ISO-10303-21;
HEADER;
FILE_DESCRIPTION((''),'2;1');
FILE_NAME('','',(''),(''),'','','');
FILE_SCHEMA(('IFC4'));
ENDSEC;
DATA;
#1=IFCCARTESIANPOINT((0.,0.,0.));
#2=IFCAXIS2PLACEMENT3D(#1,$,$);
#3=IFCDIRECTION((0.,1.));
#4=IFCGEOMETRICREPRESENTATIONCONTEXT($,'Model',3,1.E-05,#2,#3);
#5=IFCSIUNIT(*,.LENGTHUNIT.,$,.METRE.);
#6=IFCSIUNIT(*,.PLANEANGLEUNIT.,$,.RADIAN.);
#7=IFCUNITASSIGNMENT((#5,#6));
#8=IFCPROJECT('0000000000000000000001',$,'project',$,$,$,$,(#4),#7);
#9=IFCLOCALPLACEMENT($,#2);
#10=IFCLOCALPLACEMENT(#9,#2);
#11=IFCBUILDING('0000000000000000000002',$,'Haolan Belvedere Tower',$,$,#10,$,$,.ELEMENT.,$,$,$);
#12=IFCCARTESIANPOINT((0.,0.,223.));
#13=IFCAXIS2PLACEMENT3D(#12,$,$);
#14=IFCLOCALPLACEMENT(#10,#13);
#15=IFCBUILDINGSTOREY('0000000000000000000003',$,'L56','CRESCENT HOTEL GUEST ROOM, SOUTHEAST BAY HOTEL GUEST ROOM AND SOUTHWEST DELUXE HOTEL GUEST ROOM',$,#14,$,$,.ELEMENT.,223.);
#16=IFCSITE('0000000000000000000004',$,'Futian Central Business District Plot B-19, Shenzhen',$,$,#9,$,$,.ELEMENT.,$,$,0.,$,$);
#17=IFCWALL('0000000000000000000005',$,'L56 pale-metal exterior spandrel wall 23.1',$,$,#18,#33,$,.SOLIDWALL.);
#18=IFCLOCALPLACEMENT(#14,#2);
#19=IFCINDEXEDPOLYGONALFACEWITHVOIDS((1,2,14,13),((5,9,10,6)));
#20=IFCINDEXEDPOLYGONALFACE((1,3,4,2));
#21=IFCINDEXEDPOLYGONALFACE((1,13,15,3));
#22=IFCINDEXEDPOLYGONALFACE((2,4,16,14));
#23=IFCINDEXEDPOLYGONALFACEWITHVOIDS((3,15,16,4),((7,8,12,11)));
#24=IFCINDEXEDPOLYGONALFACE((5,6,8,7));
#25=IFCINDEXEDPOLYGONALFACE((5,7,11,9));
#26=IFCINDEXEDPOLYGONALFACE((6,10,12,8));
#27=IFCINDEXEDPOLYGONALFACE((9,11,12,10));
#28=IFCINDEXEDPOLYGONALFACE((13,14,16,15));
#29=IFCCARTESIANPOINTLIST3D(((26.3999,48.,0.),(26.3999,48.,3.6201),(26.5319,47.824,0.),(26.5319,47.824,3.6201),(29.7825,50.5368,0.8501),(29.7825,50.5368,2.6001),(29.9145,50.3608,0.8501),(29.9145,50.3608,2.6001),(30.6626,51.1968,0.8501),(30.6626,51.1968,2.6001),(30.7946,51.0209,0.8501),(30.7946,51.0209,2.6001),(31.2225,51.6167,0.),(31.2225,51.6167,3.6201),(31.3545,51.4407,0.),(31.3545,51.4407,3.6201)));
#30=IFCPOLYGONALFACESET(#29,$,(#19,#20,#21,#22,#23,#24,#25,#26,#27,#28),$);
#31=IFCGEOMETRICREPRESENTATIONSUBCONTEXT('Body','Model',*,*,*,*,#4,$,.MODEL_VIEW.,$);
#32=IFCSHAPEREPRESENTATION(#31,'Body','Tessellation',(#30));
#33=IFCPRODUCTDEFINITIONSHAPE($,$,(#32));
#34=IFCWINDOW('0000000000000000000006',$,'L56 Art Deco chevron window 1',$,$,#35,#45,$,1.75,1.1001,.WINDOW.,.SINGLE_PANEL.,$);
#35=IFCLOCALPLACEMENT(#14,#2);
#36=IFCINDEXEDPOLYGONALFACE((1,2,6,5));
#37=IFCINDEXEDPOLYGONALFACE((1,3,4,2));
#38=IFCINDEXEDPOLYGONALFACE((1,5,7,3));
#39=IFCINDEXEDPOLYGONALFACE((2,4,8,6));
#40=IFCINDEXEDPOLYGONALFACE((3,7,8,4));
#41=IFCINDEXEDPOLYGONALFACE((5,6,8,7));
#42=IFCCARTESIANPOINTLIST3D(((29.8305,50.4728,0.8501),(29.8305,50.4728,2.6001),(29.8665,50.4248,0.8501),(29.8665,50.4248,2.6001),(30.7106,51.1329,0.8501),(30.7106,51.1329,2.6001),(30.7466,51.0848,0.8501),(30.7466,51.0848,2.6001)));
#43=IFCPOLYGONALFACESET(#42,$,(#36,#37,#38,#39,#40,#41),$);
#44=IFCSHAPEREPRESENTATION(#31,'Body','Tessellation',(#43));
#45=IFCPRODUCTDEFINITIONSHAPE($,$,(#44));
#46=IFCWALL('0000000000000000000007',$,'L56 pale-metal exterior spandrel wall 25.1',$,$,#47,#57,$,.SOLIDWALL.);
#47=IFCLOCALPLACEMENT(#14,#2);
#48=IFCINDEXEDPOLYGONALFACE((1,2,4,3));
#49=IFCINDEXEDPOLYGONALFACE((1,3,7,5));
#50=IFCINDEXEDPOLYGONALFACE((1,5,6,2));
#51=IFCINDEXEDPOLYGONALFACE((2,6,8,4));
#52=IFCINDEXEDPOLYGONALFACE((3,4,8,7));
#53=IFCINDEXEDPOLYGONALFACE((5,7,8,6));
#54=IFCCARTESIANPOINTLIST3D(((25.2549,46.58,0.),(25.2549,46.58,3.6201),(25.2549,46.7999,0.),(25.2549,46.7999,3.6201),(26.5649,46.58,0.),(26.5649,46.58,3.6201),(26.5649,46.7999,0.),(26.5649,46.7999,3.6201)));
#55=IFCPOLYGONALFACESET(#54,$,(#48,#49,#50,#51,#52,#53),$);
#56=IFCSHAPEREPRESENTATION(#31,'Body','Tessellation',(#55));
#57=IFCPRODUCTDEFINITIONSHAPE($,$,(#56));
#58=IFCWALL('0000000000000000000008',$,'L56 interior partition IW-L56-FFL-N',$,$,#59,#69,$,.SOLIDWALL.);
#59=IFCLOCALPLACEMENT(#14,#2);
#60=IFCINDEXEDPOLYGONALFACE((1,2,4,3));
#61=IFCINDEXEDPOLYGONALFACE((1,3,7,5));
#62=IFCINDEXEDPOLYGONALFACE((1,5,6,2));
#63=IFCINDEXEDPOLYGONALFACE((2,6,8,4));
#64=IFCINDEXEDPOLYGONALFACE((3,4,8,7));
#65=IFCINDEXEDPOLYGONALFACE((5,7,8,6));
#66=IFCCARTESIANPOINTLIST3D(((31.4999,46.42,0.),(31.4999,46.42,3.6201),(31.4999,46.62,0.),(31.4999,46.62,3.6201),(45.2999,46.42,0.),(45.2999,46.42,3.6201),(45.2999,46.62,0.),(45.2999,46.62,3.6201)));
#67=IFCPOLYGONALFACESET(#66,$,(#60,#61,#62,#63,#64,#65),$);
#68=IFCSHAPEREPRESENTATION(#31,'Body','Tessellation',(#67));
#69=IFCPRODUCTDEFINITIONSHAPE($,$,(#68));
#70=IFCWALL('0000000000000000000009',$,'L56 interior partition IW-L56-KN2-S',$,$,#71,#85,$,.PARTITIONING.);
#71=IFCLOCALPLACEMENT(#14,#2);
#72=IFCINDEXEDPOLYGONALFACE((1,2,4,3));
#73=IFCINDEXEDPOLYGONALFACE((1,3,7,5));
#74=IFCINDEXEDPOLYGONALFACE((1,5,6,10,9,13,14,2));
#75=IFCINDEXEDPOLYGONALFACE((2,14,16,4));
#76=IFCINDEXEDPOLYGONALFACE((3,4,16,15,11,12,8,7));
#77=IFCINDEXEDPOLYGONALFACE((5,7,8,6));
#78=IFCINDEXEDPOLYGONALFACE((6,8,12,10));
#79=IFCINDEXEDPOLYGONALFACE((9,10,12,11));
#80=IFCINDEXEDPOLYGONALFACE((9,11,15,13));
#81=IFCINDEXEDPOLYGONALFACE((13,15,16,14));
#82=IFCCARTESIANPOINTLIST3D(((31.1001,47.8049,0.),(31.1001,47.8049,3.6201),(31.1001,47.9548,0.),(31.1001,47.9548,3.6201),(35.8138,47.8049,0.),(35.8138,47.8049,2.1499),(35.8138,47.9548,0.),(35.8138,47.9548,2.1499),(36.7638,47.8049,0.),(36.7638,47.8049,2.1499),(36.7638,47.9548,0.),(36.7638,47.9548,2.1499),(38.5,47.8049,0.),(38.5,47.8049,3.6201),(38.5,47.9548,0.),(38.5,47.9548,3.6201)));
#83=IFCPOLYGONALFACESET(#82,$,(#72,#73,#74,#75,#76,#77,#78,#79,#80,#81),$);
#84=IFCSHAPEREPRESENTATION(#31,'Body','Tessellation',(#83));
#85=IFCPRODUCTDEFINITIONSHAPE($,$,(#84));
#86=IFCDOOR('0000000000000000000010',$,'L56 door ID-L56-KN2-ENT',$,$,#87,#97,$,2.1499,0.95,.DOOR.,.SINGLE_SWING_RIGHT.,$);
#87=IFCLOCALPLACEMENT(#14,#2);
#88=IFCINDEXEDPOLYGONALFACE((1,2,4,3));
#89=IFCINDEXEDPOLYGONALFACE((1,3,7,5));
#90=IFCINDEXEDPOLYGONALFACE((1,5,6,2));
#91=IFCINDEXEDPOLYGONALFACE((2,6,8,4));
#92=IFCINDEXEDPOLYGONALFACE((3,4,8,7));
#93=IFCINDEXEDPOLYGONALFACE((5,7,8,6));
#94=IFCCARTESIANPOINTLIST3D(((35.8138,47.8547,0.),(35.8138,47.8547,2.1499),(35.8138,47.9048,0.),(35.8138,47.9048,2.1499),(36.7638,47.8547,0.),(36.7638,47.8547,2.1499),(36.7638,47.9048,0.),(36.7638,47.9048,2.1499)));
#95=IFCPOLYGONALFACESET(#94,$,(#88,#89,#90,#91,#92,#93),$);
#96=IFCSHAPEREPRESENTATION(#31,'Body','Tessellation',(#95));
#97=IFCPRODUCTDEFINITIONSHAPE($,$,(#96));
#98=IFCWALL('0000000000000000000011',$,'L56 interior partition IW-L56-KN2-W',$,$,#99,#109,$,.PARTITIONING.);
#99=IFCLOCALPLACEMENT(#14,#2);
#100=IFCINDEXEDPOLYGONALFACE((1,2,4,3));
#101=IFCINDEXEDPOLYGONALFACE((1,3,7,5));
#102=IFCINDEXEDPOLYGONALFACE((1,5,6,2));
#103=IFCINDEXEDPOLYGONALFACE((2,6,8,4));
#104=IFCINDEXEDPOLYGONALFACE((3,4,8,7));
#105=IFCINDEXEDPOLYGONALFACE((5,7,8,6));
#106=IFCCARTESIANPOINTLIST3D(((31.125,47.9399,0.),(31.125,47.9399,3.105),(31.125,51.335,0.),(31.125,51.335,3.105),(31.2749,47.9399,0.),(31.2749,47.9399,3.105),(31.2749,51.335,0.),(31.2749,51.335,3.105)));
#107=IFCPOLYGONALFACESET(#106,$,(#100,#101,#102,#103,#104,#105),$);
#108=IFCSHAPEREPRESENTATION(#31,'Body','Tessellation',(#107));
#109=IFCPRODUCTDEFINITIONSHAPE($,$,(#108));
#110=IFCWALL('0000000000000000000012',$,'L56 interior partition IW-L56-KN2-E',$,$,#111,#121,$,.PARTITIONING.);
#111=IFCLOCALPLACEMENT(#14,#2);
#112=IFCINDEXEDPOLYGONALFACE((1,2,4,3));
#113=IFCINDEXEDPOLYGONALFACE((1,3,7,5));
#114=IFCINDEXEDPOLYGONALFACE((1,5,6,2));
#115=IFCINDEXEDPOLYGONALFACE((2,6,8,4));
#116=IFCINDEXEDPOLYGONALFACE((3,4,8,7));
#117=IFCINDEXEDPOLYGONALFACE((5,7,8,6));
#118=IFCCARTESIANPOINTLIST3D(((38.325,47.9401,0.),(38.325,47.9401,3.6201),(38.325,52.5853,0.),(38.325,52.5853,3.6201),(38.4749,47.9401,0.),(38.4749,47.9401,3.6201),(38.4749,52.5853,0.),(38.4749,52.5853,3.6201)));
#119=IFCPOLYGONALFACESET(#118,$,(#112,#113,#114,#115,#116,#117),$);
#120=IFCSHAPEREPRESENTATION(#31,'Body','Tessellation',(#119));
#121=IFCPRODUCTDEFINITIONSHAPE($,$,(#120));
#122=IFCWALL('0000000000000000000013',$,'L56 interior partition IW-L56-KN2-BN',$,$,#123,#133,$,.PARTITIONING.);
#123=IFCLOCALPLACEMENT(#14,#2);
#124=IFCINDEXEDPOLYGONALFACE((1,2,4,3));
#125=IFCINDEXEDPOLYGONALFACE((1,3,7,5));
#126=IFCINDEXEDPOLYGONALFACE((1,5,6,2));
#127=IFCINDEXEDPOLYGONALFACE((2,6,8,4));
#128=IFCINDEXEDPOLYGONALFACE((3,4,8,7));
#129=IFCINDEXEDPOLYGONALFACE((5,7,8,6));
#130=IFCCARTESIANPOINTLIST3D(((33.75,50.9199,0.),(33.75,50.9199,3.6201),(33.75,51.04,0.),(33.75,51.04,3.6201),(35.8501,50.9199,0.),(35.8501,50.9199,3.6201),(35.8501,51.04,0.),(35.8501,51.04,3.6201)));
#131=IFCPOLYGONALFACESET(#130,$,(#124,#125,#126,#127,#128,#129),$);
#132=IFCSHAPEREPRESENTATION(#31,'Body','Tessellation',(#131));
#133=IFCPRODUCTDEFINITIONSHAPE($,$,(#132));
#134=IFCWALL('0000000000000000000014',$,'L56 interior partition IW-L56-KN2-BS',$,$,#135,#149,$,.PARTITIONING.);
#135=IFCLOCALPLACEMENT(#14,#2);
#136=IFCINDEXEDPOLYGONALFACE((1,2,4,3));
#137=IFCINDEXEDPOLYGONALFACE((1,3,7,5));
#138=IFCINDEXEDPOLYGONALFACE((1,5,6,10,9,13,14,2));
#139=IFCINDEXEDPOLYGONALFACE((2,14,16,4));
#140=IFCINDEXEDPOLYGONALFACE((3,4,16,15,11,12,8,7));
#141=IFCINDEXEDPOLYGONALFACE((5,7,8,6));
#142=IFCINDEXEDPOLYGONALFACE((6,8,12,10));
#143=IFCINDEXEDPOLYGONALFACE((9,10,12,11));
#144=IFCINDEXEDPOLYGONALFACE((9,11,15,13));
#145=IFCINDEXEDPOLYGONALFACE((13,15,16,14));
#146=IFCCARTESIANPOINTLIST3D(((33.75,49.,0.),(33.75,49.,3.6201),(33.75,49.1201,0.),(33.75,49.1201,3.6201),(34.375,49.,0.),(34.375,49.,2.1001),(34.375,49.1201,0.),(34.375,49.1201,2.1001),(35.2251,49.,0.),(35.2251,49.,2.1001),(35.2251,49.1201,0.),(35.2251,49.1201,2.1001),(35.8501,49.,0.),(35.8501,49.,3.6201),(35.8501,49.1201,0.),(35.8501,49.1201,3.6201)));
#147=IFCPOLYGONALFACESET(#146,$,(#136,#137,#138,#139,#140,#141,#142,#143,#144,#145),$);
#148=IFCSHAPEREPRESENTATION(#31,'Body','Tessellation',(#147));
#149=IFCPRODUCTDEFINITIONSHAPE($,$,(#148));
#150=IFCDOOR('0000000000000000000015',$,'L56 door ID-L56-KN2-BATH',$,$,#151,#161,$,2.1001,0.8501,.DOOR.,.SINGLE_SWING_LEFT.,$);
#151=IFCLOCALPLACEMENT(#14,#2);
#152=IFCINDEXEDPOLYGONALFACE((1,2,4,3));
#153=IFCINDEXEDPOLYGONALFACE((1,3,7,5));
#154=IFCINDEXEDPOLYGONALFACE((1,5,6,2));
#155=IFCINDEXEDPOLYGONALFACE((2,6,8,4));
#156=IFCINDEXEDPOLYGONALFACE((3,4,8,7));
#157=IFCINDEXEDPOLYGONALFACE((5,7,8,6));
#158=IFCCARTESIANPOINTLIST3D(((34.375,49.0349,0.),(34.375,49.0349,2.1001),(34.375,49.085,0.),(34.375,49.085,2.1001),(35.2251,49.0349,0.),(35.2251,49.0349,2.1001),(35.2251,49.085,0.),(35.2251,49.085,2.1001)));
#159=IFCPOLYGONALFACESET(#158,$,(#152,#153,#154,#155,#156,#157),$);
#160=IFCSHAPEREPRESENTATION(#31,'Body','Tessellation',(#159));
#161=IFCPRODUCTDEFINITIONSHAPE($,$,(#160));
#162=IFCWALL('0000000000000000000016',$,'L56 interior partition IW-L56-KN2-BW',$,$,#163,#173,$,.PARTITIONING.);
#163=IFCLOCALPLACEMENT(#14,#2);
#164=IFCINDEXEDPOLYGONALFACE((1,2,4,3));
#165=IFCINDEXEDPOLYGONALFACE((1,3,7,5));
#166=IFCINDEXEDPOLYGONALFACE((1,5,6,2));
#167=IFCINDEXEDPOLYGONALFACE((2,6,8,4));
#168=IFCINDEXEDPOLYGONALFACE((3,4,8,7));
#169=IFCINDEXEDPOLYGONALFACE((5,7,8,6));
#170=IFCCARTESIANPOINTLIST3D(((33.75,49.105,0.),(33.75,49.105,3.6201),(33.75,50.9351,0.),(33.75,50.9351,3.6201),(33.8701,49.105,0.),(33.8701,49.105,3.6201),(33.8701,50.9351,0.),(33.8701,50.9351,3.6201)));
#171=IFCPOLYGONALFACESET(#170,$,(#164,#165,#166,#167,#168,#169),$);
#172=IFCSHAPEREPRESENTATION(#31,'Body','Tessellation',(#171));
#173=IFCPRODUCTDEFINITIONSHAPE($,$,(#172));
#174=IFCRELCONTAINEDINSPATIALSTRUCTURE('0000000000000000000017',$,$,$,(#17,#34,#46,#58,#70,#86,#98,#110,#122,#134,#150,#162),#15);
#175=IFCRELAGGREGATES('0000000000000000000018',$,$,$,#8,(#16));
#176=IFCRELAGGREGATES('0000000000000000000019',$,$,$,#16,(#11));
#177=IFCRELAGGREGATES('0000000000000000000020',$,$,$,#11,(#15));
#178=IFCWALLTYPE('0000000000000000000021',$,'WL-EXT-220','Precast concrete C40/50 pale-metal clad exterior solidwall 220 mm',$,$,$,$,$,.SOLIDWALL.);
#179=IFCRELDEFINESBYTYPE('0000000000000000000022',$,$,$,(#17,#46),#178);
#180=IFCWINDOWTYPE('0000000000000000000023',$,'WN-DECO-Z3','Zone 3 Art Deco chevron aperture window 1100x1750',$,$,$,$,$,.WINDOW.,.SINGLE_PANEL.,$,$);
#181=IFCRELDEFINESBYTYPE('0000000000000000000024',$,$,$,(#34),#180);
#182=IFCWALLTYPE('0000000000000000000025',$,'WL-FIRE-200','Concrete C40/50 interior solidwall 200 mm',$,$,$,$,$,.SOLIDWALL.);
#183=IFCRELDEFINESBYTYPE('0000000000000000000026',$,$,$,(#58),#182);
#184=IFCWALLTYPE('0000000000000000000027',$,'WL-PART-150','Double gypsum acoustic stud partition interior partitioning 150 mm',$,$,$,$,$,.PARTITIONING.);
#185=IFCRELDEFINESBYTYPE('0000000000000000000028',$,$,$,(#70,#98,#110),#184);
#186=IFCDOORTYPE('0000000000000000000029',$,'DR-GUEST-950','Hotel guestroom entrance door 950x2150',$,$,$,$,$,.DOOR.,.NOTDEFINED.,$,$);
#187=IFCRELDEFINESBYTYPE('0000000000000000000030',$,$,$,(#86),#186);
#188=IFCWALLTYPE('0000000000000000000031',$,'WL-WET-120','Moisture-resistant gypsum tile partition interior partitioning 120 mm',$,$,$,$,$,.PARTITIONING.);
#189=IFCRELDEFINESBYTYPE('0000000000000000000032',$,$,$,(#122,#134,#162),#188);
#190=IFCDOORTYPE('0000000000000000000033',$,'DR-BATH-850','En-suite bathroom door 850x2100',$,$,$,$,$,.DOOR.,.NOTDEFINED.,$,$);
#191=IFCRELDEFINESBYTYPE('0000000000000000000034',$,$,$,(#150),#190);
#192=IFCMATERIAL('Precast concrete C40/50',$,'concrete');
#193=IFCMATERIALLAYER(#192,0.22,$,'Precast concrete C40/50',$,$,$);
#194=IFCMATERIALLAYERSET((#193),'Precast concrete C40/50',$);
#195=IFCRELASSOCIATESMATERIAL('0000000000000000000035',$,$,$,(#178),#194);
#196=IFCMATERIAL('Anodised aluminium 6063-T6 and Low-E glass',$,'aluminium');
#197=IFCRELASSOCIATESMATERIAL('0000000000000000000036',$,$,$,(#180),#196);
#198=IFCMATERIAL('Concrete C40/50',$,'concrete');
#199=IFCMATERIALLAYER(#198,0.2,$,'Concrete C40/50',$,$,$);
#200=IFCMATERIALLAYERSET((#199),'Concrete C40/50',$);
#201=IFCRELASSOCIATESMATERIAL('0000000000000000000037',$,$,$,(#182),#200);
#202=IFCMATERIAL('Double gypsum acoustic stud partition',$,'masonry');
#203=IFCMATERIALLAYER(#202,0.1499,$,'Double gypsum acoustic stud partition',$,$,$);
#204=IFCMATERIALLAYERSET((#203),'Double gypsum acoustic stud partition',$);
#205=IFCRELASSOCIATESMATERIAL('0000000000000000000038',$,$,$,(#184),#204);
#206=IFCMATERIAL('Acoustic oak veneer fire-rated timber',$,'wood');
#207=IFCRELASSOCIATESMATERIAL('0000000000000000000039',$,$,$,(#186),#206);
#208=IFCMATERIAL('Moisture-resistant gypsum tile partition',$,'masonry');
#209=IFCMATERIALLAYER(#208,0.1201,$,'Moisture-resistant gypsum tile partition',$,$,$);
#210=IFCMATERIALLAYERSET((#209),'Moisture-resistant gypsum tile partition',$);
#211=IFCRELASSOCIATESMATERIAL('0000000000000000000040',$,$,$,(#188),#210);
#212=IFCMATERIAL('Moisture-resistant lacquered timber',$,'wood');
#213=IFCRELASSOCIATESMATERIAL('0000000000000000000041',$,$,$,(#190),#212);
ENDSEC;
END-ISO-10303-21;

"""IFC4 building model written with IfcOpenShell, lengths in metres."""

from ifc_helpers import new_model, si_unit, direction, frame, frame_2d, origin, place, context, subcontext, project, spatial, rectangle, extrude, material, layer, layer_set, type_object, element, fill, save


model = new_model("IFC4")

# Units and contexts
model_context = context("Model", 3, precision=1e-05, world=origin(), true_north=direction((0.0, 1.0)))
body_context = subcontext(model_context, "Body", "Model", "MODEL_VIEW")
ifc_project = project(units=[si_unit("LENGTHUNIT", "METRE"), si_unit("PLANEANGLEUNIT", "RADIAN")], contexts=[model_context])

# Site, building, storey
site_placement = place(None, origin())
site = spatial("IfcSite", under=ifc_project, at=site_placement, Name="Futian Central Business District Plot B-19, Shenzhen", CompositionType="ELEMENT", RefElevation=0.0)
building_placement = place(site_placement, origin())
building = spatial("IfcBuilding", under=site, at=building_placement, Name="Haolan Belvedere Tower", CompositionType="ELEMENT")
storey_placement = place(building_placement, frame((0.0, 0.0, 223.0)))
storey = spatial("IfcBuildingStorey", under=building, at=storey_placement, Name="L56", Description="CRESCENT HOTEL GUEST ROOM, SOUTHEAST BAY HOTEL GUEST ROOM AND SOUTHWEST DELUXE HOTEL GUEST ROOM", CompositionType="ELEMENT", Elevation=223.0)

# Wall, opening, window
ifc_material_1 = material(Name="Precast concrete C40/50", Category="concrete")
ifc_layer_1 = layer(ifc_material_1, 0.22, Name="Precast concrete C40/50")
ifc_layer_set_1 = layer_set([ifc_layer_1], Name="Precast concrete C40/50")
wall_type_1 = type_object("IfcWallType", Name="WL-EXT-220", Description="Precast concrete C40/50 pale-metal clad exterior solidwall 220 mm", PredefinedType="SOLIDWALL", material=ifc_layer_set_1)
wall_1_placement = place(storey_placement, frame((31.2886, 51.5288, 0.0), z_axis=(0.0, 0.0, 1.0), x_axis=(-0.800015, -0.599981, 0.0)))
wall_1 = element("IfcWall", 1, at=wall_1_placement, inside=storey, type_object=wall_type_1, Name="L56 pale-metal exterior spandrel wall 23.1", PredefinedType="SOLIDWALL", context=body_context, shape_type="SweptSolid", body=[
    extrude(rectangle(XDim=6.0281, YDim=0.22, at=frame_2d((3.0142, 0.0))), origin(), (0.0, 0.0, 1.0), 3.6201),
])
opening_1_placement = place(wall_1_placement, frame((0.7, 0.0, 0.8501)))
opening_1 = element("IfcOpeningElement", 2, at=opening_1_placement, cuts=wall_1, PredefinedType="OPENING", context=body_context, shape_type="SweptSolid", body=[
    extrude(rectangle(XDim=1.1001, YDim=1.75, at=frame_2d((0.55, 0.875))), frame((0.0, 0.1199, 0.0), z_axis=(0.0, -1.0, 0.0), x_axis=(1.0, 0.0, 0.0)), (0.0, 0.0, 1.0), 0.24),
])
ifc_material_2 = material(Name="Anodised aluminium 6063-T6 and Low-E glass", Category="aluminium")
window_type = type_object("IfcWindowType", Name="WN-DECO-Z3", Description="Zone 3 Art Deco chevron aperture window 1100x1750", PartitioningType="SINGLE_PANEL", PredefinedType="WINDOW", material=ifc_material_2)
window_placement = place(opening_1_placement, origin())
window = element("IfcWindow", 3, at=window_placement, inside=storey, type_object=window_type, Name="L56 Art Deco chevron window 1", OverallHeight=1.75, OverallWidth=1.1001, PartitioningType="SINGLE_PANEL", PredefinedType="WINDOW", context=body_context, shape_type="SweptSolid", body=[
    extrude(rectangle(XDim=1.1001, YDim=1.75, at=frame_2d((0.55, 0.875))), frame((0.0, 0.03, 0.0), z_axis=(0.0, -1.0, 0.0), x_axis=(1.0, 0.0, 0.0)), (0.0, 0.0, 1.0), 0.0601),
])
fill(opening_1, window)

# Walls
wall_2_placement = place(storey_placement, frame((26.5649, 46.6899, 0.0), z_axis=(0.0, 0.0, 1.0), x_axis=(-1.0, 0.0, 0.0)))
element("IfcWall", 4, at=wall_2_placement, inside=storey, type_object=wall_type_1, Name="L56 pale-metal exterior spandrel wall 25.1", PredefinedType="SOLIDWALL", context=body_context, shape_type="SweptSolid", body=[
    extrude(rectangle(XDim=1.3101, YDim=0.22, at=frame_2d((0.655, 0.0))), origin(), (0.0, 0.0, 1.0), 3.6201),
])
ifc_material_3 = material(Name="Concrete C40/50", Category="concrete")
ifc_layer_2 = layer(ifc_material_3, 0.2, Name="Concrete C40/50")
ifc_layer_set_2 = layer_set([ifc_layer_2], Name="Concrete C40/50")
wall_type_2 = type_object("IfcWallType", Name="WL-FIRE-200", Description="Concrete C40/50 interior solidwall 200 mm", PredefinedType="SOLIDWALL", material=ifc_layer_set_2)
wall_3_placement = place(storey_placement, frame((31.5, 46.52, 0.0), z_axis=(0.0, 0.0, 1.0), x_axis=(1.0, 0.0, 0.0)))
element("IfcWall", 5, at=wall_3_placement, inside=storey, type_object=wall_type_2, Name="L56 interior partition IW-L56-FFL-N", PredefinedType="SOLIDWALL", context=body_context, shape_type="SweptSolid", body=[
    extrude(rectangle(XDim=13.8, YDim=0.2, at=frame_2d((6.8999, 0.0))), origin(), (0.0, 0.0, 1.0), 3.6201),
])

# Wall, opening, door
ifc_material_4 = material(Name="Double gypsum acoustic stud partition", Category="masonry")
ifc_layer_3 = layer(ifc_material_4, 0.1499, Name="Double gypsum acoustic stud partition")
ifc_layer_set_3 = layer_set([ifc_layer_3], Name="Double gypsum acoustic stud partition")
wall_type_3 = type_object("IfcWallType", Name="WL-PART-150", Description="Double gypsum acoustic stud partition interior partitioning 150 mm", PredefinedType="PARTITIONING", material=ifc_layer_set_3)
wall_4_placement = place(storey_placement, frame((31.1001, 47.8799, 0.0), z_axis=(0.0, 0.0, 1.0), x_axis=(1.0, 0.0, 0.0)))
wall_4 = element("IfcWall", 6, at=wall_4_placement, inside=storey, type_object=wall_type_3, Name="L56 interior partition IW-L56-KN2-S", PredefinedType="PARTITIONING", context=body_context, shape_type="SweptSolid", body=[
    extrude(rectangle(XDim=7.3999, YDim=0.1499, at=frame_2d((3.7, 0.0))), origin(), (0.0, 0.0, 1.0), 3.6201),
])
opening_2_placement = place(wall_4_placement, frame((4.7136, 0.0, 0.0)))
opening_2 = element("IfcOpeningElement", 7, at=opening_2_placement, cuts=wall_4, PredefinedType="OPENING", context=body_context, shape_type="SweptSolid", body=[
    extrude(rectangle(XDim=0.95, YDim=2.1499, at=frame_2d((0.4751, 1.075))), frame((0.0, 0.085, 0.0), z_axis=(0.0, -1.0, 0.0), x_axis=(1.0, 0.0, 0.0)), (0.0, 0.0, 1.0), 0.1699),
])
ifc_material_5 = material(Name="Acoustic oak veneer fire-rated timber", Category="wood")
door_type_1 = type_object("IfcDoorType", Name="DR-GUEST-950", Description="Hotel guestroom entrance door 950x2150", OperationType="NOTDEFINED", PredefinedType="DOOR", material=ifc_material_5)
door_1_placement = place(opening_2_placement, origin())
door_1 = element("IfcDoor", 8, at=door_1_placement, inside=storey, type_object=door_type_1, Name="L56 door ID-L56-KN2-ENT", OperationType="SINGLE_SWING_RIGHT", OverallHeight=2.1499, OverallWidth=0.95, PredefinedType="DOOR", context=body_context, shape_type="SweptSolid", body=[
    extrude(rectangle(XDim=0.95, YDim=2.1499, at=frame_2d((0.4751, 1.075))), frame((0.0, 0.0249, 0.0), z_axis=(0.0, -1.0, 0.0), x_axis=(1.0, 0.0, 0.0)), (0.0, 0.0, 1.0), 0.05),
])
fill(opening_2, door_1)

# Walls
wall_5_placement = place(storey_placement, frame((31.2, 47.9399, 0.0), z_axis=(0.0, 0.0, 1.0), x_axis=(0.0, 1.0, 0.0)))
element("IfcWall", 9, at=wall_5_placement, inside=storey, type_object=wall_type_3, Name="L56 interior partition IW-L56-KN2-W", PredefinedType="PARTITIONING", context=body_context, shape_type="SweptSolid", body=[
    extrude(rectangle(XDim=3.395, YDim=0.1499, at=frame_2d((1.6975, 0.0))), origin(), (0.0, 0.0, 1.0), 3.105),
])
wall_6_placement = place(storey_placement, frame((38.3999, 47.9399, 0.0), z_axis=(0.0, 0.0, 1.0), x_axis=(0.0, 1.0, 0.0)))
element("IfcWall", 10, at=wall_6_placement, inside=storey, type_object=wall_type_3, Name="L56 interior partition IW-L56-KN2-E", PredefinedType="PARTITIONING", context=body_context, shape_type="SweptSolid", body=[
    extrude(rectangle(XDim=4.6453, YDim=0.1499, at=frame_2d((2.3228, 0.0))), origin(), (0.0, 0.0, 1.0), 3.6201),
])
ifc_material_6 = material(Name="Moisture-resistant gypsum tile partition", Category="masonry")
ifc_layer_4 = layer(ifc_material_6, 0.1201, Name="Moisture-resistant gypsum tile partition")
ifc_layer_set_4 = layer_set([ifc_layer_4], Name="Moisture-resistant gypsum tile partition")
wall_type_4 = type_object("IfcWallType", Name="WL-WET-120", Description="Moisture-resistant gypsum tile partition interior partitioning 120 mm", PredefinedType="PARTITIONING", material=ifc_layer_set_4)
wall_7_placement = place(storey_placement, frame((33.75, 50.98, 0.0), z_axis=(0.0, 0.0, 1.0), x_axis=(1.0, 0.0, 0.0)))
element("IfcWall", 11, at=wall_7_placement, inside=storey, type_object=wall_type_4, Name="L56 interior partition IW-L56-KN2-BN", PredefinedType="PARTITIONING", context=body_context, shape_type="SweptSolid", body=[
    extrude(rectangle(XDim=2.1001, YDim=0.1201, at=frame_2d((1.05, 0.0))), origin(), (0.0, 0.0, 1.0), 3.6201),
])

# Wall, opening, door
wall_8_placement = place(storey_placement, frame((33.75, 49.0601, 0.0), z_axis=(0.0, 0.0, 1.0), x_axis=(1.0, 0.0, 0.0)))
wall_8 = element("IfcWall", 12, at=wall_8_placement, inside=storey, type_object=wall_type_4, Name="L56 interior partition IW-L56-KN2-BS", PredefinedType="PARTITIONING", context=body_context, shape_type="SweptSolid", body=[
    extrude(rectangle(XDim=2.1001, YDim=0.1201, at=frame_2d((1.05, 0.0))), origin(), (0.0, 0.0, 1.0), 3.6201),
])
opening_3_placement = place(wall_8_placement, frame((0.625, 0.0, 0.0)))
opening_3 = element("IfcOpeningElement", 13, at=opening_3_placement, cuts=wall_8, PredefinedType="OPENING", context=body_context, shape_type="SweptSolid", body=[
    extrude(rectangle(XDim=0.8501, YDim=2.1001, at=frame_2d((0.425, 1.05))), frame((0.0, 0.0701, 0.0), z_axis=(0.0, -1.0, 0.0), x_axis=(1.0, 0.0, 0.0)), (0.0, 0.0, 1.0), 0.1401),
])
ifc_material_7 = material(Name="Moisture-resistant lacquered timber", Category="wood")
door_type_2 = type_object("IfcDoorType", Name="DR-BATH-850", Description="En-suite bathroom door 850x2100", OperationType="NOTDEFINED", PredefinedType="DOOR", material=ifc_material_7)
door_2_placement = place(opening_3_placement, origin())
door_2 = element("IfcDoor", 14, at=door_2_placement, inside=storey, type_object=door_type_2, Name="L56 door ID-L56-KN2-BATH", OperationType="SINGLE_SWING_LEFT", OverallHeight=2.1001, OverallWidth=0.8501, PredefinedType="DOOR", context=body_context, shape_type="SweptSolid", body=[
    extrude(rectangle(XDim=0.8501, YDim=2.1001, at=frame_2d((0.425, 1.05))), frame((0.0, 0.0249, 0.0), z_axis=(0.0, -1.0, 0.0), x_axis=(1.0, 0.0, 0.0)), (0.0, 0.0, 1.0), 0.05),
])
fill(opening_3, door_2)

# Wall
for number, where, z_axis, x_axis, name in (
    (15, (33.8101, 49.105, 0.0), (0.0, 0.0, 1.0), (0.0, 1.0, 0.0), "L56 interior partition IW-L56-KN2-BW"),
):
    element("IfcWall", number, at=place(storey_placement, frame(where, z_axis=z_axis, x_axis=x_axis)), inside=storey, type_object=wall_type_4, Name=name, PredefinedType="PARTITIONING", context=body_context, shape_type="SweptSolid", body=[
        extrude(rectangle(XDim=1.8301, YDim=0.1201, at=frame_2d((0.915, 0.0))), origin(), (0.0, 0.0, 1.0), 3.6201),
    ])

save(model, "model.ifc")
